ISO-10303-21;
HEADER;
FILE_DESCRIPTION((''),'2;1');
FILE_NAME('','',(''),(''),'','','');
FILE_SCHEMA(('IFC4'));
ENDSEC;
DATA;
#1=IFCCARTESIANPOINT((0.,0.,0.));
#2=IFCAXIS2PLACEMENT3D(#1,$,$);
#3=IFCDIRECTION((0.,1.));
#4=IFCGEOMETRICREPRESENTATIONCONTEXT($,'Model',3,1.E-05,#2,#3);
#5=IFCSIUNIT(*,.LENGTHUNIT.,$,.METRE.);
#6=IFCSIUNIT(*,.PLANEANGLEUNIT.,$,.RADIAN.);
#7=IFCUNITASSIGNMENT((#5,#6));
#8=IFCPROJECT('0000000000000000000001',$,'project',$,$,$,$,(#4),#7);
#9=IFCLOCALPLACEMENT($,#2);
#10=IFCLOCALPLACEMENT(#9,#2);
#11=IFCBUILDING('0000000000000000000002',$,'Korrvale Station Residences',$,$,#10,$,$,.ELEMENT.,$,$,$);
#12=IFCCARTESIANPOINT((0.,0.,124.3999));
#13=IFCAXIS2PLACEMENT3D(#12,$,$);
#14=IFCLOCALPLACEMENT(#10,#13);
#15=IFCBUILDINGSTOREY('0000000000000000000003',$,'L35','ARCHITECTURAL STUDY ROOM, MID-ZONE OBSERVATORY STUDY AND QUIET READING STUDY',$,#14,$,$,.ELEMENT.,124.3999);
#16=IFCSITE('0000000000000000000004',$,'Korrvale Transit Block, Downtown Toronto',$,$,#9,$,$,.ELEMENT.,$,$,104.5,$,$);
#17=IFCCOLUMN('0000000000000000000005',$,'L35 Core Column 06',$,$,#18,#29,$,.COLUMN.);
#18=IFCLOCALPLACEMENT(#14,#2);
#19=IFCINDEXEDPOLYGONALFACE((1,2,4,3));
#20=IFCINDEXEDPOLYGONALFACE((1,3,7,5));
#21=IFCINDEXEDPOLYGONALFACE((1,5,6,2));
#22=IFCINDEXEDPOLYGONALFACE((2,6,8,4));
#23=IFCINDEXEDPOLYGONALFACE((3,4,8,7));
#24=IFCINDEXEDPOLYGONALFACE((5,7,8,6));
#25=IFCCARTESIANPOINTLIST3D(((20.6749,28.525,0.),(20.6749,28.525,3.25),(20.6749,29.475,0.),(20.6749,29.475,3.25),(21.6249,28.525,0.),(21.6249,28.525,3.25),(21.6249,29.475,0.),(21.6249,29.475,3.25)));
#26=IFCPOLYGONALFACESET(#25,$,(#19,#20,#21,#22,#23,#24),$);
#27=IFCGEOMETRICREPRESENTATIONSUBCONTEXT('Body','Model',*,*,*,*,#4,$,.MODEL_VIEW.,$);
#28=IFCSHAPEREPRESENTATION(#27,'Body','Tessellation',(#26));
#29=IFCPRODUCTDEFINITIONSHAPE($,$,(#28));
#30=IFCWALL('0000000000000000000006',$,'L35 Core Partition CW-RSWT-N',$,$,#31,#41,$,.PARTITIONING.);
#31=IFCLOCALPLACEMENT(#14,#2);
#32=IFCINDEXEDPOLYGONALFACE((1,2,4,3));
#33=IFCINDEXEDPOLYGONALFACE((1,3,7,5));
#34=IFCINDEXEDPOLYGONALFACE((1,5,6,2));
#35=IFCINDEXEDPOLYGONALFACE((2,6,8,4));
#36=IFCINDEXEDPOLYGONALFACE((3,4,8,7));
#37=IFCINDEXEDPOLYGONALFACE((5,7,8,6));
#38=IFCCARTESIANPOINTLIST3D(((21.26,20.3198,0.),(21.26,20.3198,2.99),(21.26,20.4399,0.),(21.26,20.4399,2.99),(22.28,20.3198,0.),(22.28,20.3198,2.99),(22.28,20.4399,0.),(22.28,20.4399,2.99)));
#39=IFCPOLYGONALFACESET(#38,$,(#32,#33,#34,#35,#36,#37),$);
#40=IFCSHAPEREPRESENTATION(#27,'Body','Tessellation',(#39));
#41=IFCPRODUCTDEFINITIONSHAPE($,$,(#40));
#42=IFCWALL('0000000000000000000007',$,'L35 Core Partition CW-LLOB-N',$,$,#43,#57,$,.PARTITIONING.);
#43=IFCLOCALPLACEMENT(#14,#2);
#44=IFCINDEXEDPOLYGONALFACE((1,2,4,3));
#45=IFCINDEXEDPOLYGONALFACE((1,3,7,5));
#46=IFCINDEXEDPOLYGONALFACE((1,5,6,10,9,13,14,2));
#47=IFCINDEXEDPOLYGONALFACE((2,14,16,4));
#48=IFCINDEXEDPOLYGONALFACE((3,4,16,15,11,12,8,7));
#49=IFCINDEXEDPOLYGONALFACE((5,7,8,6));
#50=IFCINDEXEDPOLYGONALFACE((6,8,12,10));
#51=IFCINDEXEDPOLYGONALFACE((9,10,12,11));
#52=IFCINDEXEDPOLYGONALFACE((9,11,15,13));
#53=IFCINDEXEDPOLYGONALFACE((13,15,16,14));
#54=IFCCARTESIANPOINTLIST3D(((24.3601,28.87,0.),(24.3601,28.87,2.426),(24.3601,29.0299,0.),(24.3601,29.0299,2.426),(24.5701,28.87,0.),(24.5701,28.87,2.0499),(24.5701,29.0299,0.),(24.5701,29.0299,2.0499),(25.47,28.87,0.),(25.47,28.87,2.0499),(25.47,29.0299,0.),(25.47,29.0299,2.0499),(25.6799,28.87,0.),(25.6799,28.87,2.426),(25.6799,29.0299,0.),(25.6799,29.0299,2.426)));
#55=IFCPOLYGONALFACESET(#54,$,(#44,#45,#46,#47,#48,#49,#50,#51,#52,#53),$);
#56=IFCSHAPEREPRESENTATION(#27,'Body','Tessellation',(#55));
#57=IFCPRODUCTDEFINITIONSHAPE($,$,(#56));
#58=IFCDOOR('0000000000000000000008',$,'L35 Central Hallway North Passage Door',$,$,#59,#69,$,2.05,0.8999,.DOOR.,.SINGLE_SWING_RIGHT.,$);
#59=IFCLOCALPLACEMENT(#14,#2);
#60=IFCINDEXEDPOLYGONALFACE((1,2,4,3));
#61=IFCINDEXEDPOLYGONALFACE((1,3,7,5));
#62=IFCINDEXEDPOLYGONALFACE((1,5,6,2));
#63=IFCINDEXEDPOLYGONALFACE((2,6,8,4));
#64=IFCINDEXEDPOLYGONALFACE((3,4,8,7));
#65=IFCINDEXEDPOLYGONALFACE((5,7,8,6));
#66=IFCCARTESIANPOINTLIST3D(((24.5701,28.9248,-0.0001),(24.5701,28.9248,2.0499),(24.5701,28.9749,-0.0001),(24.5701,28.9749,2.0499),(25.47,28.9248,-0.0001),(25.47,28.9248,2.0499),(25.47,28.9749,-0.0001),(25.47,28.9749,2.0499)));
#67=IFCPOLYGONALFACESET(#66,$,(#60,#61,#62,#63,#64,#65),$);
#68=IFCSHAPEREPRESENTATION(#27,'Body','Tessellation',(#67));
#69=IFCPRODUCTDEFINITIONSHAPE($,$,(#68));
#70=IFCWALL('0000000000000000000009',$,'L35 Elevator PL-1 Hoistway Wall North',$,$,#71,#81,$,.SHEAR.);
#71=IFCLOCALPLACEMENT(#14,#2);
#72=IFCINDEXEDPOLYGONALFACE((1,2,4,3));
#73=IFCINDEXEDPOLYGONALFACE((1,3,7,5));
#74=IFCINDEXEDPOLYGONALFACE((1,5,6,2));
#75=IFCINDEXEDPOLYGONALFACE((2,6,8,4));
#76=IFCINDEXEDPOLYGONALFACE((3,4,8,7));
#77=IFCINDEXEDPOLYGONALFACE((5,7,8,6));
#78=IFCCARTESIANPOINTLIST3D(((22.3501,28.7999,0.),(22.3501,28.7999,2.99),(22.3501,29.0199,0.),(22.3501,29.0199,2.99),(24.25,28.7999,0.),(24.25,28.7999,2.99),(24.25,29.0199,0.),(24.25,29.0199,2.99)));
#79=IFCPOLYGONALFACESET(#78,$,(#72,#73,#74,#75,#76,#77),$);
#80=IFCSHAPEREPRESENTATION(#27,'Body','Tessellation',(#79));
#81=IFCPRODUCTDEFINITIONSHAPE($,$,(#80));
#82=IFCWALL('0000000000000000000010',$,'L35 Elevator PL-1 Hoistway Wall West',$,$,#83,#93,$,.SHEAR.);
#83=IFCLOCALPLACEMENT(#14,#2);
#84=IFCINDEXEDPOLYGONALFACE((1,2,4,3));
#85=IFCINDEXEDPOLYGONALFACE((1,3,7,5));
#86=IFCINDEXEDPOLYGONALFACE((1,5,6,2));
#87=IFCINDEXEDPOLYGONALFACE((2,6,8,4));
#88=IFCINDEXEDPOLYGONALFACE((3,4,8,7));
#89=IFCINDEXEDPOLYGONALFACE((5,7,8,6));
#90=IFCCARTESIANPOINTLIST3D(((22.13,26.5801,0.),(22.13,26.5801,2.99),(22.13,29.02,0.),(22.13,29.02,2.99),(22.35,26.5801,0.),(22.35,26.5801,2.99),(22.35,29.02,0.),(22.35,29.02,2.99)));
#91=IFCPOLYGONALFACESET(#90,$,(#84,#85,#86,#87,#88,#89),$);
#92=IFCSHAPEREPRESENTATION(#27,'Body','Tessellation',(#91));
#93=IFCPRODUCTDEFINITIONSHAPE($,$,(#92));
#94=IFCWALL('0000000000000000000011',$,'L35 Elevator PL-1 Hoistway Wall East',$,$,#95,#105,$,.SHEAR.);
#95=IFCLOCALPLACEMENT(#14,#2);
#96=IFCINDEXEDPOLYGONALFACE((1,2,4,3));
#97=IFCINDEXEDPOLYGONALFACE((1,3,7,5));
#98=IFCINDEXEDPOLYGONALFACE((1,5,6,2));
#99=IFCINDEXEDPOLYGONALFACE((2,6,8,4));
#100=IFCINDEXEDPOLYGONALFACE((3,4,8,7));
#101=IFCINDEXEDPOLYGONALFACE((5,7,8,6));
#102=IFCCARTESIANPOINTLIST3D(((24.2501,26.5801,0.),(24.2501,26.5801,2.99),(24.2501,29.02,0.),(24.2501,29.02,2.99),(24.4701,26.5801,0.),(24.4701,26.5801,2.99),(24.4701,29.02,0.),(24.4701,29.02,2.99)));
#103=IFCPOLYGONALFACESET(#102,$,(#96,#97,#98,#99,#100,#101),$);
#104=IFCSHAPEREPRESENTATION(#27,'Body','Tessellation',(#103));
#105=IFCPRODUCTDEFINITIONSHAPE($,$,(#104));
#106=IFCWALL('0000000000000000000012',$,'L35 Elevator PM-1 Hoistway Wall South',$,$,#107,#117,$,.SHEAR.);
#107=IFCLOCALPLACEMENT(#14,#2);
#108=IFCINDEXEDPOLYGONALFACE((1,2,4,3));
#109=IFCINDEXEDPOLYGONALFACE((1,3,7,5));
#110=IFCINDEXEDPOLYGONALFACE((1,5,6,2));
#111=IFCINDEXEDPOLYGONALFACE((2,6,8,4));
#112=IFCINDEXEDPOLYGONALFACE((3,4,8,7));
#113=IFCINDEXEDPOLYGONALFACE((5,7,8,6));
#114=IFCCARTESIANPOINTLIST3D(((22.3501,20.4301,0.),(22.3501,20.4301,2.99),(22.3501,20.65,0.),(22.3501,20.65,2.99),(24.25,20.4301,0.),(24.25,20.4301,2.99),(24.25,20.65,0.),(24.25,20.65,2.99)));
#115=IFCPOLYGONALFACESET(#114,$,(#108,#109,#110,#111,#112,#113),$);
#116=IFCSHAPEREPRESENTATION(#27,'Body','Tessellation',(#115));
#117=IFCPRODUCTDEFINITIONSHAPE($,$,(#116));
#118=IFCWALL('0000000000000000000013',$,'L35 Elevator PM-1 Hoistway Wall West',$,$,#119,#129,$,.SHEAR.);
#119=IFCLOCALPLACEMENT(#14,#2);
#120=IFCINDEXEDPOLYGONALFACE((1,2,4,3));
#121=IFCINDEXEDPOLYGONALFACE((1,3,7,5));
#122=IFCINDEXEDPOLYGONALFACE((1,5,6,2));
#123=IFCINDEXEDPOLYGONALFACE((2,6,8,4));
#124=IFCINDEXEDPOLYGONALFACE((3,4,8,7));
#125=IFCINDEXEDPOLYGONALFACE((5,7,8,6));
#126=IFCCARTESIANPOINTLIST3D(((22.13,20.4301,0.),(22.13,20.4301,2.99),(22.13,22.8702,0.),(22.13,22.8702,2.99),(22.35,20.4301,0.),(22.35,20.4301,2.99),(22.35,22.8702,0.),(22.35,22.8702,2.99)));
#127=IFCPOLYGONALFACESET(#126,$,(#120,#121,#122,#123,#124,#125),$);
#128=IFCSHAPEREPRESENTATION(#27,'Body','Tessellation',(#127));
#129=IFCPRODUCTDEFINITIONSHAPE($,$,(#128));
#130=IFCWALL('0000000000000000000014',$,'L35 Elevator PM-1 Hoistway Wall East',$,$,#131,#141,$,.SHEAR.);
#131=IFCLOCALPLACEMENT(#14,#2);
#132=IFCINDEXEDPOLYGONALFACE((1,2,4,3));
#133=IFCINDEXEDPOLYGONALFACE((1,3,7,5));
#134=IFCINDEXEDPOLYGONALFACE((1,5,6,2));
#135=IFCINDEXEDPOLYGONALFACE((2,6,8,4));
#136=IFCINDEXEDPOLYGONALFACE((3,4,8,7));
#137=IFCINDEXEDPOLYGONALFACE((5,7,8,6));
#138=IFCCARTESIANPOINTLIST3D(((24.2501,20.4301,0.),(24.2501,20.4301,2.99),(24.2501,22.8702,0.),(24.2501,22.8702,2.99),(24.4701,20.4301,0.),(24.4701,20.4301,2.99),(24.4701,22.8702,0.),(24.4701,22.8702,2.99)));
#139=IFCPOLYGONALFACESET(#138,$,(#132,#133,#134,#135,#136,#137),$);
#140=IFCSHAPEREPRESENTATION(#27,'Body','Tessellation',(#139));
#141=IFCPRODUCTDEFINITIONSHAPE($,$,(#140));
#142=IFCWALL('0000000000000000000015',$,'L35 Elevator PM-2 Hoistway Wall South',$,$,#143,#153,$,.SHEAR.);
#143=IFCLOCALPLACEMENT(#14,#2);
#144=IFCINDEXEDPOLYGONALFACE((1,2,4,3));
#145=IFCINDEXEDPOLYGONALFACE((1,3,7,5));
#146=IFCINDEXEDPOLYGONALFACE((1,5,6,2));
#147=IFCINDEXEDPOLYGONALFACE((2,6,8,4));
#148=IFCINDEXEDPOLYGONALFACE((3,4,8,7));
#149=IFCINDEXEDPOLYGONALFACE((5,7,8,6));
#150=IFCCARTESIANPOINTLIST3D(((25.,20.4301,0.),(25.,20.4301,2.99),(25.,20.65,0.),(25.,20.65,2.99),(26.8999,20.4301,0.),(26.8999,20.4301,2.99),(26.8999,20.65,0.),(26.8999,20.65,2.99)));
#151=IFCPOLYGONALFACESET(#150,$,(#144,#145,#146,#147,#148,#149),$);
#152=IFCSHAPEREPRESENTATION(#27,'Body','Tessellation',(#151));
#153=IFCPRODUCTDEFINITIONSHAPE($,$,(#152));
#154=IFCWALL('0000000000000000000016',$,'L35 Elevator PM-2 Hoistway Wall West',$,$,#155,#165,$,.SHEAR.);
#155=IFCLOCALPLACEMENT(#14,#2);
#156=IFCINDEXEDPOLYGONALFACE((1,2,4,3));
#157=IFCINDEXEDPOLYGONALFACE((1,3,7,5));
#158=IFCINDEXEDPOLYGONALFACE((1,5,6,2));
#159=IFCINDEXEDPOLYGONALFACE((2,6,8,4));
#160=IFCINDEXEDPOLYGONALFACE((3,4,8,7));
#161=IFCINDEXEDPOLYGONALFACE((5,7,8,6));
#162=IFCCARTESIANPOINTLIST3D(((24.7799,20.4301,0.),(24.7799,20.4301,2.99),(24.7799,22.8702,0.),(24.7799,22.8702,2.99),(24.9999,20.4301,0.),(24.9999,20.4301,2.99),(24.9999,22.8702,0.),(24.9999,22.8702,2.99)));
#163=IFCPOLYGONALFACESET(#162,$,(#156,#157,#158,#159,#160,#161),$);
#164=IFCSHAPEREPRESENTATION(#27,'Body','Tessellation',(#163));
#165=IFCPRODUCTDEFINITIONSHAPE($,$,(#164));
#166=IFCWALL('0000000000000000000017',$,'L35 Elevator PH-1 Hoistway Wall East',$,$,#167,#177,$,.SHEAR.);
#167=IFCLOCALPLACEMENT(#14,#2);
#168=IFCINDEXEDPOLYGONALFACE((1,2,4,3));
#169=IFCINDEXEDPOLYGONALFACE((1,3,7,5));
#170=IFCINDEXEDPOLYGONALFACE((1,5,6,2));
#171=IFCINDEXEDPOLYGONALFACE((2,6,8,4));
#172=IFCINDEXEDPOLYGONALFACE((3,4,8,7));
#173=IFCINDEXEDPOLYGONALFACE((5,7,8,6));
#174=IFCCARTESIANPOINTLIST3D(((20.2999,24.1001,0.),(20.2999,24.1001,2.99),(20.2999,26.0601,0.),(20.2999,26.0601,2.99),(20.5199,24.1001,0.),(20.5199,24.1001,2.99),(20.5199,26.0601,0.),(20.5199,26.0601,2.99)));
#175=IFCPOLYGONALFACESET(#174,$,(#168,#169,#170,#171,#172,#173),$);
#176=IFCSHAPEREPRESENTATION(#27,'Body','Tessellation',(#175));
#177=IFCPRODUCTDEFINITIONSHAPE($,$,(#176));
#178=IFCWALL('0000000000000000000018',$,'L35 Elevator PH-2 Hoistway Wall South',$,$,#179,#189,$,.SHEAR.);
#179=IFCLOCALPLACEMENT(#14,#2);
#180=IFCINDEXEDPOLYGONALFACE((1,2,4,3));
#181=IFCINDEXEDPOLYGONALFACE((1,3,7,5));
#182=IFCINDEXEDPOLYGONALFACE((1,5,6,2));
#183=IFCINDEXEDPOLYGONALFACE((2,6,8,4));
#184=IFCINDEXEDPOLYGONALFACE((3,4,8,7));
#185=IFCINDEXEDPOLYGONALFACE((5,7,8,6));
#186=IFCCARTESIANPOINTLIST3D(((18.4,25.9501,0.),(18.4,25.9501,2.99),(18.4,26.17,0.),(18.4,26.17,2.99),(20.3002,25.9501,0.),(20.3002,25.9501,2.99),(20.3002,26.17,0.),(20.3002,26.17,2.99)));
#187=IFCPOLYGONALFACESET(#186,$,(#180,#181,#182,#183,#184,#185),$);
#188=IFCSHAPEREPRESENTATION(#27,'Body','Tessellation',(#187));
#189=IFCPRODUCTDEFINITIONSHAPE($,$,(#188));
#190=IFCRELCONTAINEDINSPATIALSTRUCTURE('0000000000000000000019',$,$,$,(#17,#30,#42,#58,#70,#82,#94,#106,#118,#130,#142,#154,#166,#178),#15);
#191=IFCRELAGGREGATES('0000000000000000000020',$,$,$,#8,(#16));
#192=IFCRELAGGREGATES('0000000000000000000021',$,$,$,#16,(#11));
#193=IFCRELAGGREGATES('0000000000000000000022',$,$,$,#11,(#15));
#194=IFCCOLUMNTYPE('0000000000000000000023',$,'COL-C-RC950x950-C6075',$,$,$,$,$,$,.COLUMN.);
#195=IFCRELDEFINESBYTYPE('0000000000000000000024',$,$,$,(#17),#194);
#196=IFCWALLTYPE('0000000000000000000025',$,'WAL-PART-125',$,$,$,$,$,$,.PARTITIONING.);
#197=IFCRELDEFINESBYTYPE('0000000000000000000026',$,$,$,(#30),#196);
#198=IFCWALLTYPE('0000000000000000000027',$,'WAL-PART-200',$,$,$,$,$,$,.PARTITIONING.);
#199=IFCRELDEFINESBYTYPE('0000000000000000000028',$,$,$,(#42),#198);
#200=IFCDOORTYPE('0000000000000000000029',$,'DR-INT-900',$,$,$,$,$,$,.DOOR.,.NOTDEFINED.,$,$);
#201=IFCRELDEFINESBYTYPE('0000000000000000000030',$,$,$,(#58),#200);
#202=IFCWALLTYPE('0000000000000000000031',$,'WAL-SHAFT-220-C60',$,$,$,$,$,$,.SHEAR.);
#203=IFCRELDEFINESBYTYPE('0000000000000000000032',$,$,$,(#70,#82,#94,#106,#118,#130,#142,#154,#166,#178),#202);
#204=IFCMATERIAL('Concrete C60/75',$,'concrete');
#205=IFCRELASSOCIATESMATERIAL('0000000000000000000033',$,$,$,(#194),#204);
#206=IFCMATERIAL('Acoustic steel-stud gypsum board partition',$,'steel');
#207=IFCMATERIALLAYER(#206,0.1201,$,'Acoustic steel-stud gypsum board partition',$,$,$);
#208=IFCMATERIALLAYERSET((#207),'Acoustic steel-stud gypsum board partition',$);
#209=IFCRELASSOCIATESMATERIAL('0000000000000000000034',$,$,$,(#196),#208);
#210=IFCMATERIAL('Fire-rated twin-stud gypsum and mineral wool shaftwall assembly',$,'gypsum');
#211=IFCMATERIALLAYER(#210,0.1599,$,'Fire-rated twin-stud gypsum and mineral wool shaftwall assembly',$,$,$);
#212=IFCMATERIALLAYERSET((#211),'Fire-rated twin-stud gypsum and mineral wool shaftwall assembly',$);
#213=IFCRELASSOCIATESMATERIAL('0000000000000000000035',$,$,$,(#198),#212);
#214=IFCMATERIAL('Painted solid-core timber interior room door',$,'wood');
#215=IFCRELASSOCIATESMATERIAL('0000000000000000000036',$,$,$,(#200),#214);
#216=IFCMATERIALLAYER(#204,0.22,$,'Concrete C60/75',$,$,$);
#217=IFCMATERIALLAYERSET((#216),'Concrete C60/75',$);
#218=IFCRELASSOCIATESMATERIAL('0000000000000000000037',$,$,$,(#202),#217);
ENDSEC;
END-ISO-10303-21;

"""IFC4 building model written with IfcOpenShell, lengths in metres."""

from ifc_helpers import new_model, si_unit, direction, frame, frame_2d, origin, origin_2d, place, context, subcontext, project, spatial, rectangle, extrude, material, layer, layer_set, material_profile, profile_set, type_object, element, fill, save


model = new_model("IFC4")

# Units and contexts
model_context = context("Model", 3, precision=1e-05, world=origin(), true_north=direction((0.0, 1.0)))
body_context = subcontext(model_context, "Body", "Model", "MODEL_VIEW")
ifc_project = project(units=[si_unit("LENGTHUNIT", "METRE"), si_unit("PLANEANGLEUNIT", "RADIAN")], contexts=[model_context])

# Site, building, storey
site_placement = place(None, origin())
site = spatial("IfcSite", under=ifc_project, at=site_placement, Name="Korrvale Transit Block, Downtown Toronto", CompositionType="ELEMENT", RefElevation=104.5)
building_placement = place(site_placement, origin())
building = spatial("IfcBuilding", under=site, at=building_placement, Name="Korrvale Station Residences", CompositionType="ELEMENT")
storey_placement = place(building_placement, frame((0.0, 0.0, 124.3999)))
storey = spatial("IfcBuildingStorey", under=building, at=storey_placement, Name="L35", Description="ARCHITECTURAL STUDY ROOM, MID-ZONE OBSERVATORY STUDY AND QUIET READING STUDY", CompositionType="ELEMENT", Elevation=124.3999)

# Column
ifc_material_1 = material(Name="Concrete C60/75", Category="concrete")
ifc_material_profile = material_profile(ifc_material_1, rectangle(XDim=0.95, YDim=0.95, at=origin_2d()), Name="RC950x950")
ifc_profile_set = profile_set([ifc_material_profile], Name="Concrete C60/75")
column_type = type_object("IfcColumnType", Name="COL-C-RC950x950-C6075", PredefinedType="COLUMN", material=ifc_profile_set)
column_placement = place(storey_placement, frame((21.1499, 29.0, 0.0), z_axis=(0.0, 0.0, 1.0), x_axis=(1.0, 0.0, 0.0)))
element("IfcColumn", 1, at=column_placement, inside=storey, type_object=column_type, Name="L35 Core Column 06", PredefinedType="COLUMN", context=body_context, shape_type="SweptSolid", body=[
    extrude(rectangle(XDim=0.95, YDim=0.95, at=origin_2d()), origin(), (0.0, 0.0, 1.0), 3.25),
])

# Wall
ifc_material_2 = material(Name="Acoustic steel-stud gypsum board partition", Category="steel")
ifc_layer_1 = layer(ifc_material_2, 0.1201, Name="Acoustic steel-stud gypsum board partition")
ifc_layer_set_1 = layer_set([ifc_layer_1], Name="Acoustic steel-stud gypsum board partition")
wall_type_1 = type_object("IfcWallType", Name="WAL-PART-125", PredefinedType="PARTITIONING", material=ifc_layer_set_1)
wall_1_placement = place(storey_placement, frame((22.28, 20.3799, 0.0), z_axis=(0.0, 0.0, 1.0), x_axis=(-1.0, 0.0, 0.0)))
element("IfcWall", 2, at=wall_1_placement, inside=storey, type_object=wall_type_1, Name="L35 Core Partition CW-RSWT-N", PredefinedType="PARTITIONING", context=body_context, shape_type="SweptSolid", body=[
    extrude(rectangle(XDim=1.02, YDim=0.1201, at=frame_2d((0.51, 0.0))), origin(), (0.0, 0.0, 1.0), 2.99),
])

# Wall, opening, door
ifc_material_3 = material(Name="Fire-rated twin-stud gypsum and mineral wool shaftwall assembly", Category="gypsum")
ifc_layer_2 = layer(ifc_material_3, 0.1599, Name="Fire-rated twin-stud gypsum and mineral wool shaftwall assembly")
ifc_layer_set_2 = layer_set([ifc_layer_2], Name="Fire-rated twin-stud gypsum and mineral wool shaftwall assembly")
wall_type_2 = type_object("IfcWallType", Name="WAL-PART-200", PredefinedType="PARTITIONING", material=ifc_layer_set_2)
wall_2_placement = place(storey_placement, frame((24.3601, 28.95, 0.0), z_axis=(0.0, 0.0, 1.0), x_axis=(1.0, 0.0, 0.0)))
wall_2 = element("IfcWall", 3, at=wall_2_placement, inside=storey, type_object=wall_type_2, Name="L35 Core Partition CW-LLOB-N", PredefinedType="PARTITIONING", context=body_context, shape_type="SweptSolid", body=[
    extrude(rectangle(XDim=1.3198, YDim=0.1599, at=frame_2d((0.6599, 0.0))), origin(), (0.0, 0.0, 1.0), 2.426),
])
opening_1_placement = place(wall_2_placement, frame((0.21, 0.0, 0.0)))
opening_1 = element("IfcOpeningElement", 4, at=opening_1_placement, cuts=wall_2, PredefinedType="OPENING", context=body_context, shape_type="SweptSolid", body=[
    extrude(rectangle(XDim=0.8999, YDim=2.05, at=frame_2d((0.45, 1.0249))), frame((0.0, 0.0898, 0.0), z_axis=(0.0, -1.0, 0.0), x_axis=(1.0, 0.0, 0.0)), (0.0, 0.0, 1.0), 0.1799),
])
ifc_material_4 = material(Name="Painted solid-core timber interior room door", Category="wood")
door_type_1 = type_object("IfcDoorType", Name="DR-INT-900", OperationType="NOTDEFINED", PredefinedType="DOOR", material=ifc_material_4)
door_1_placement = place(opening_1_placement, origin())
door_1 = element("IfcDoor", 5, at=door_1_placement, inside=storey, type_object=door_type_1, Name="L35 Central Hallway North Passage Door", OperationType="SINGLE_SWING_RIGHT", OverallHeight=2.05, OverallWidth=0.8999, PredefinedType="DOOR", context=body_context, shape_type="SweptSolid", body=[
    extrude(rectangle(XDim=0.8999, YDim=2.05, at=frame_2d((0.45, 1.0249))), frame((0.0, 0.0249, 0.0), z_axis=(0.0, -1.0, 0.0), x_axis=(1.0, 0.0, 0.0)), (0.0, 0.0, 1.0), 0.05),
])
fill(opening_1, door_1)
ifc_layer_3 = layer(ifc_material_1, 0.22, Name="Concrete C60/75")
ifc_layer_set_3 = layer_set([ifc_layer_3], Name="Concrete C60/75")
wall_type_3 = type_object("IfcWallType", Name="WAL-SHAFT-220-C60", PredefinedType="SHEAR", material=ifc_layer_set_3)

# Walls
wall_3_placement = place(storey_placement, frame((22.3501, 28.9099, 0.0), z_axis=(0.0, 0.0, 1.0), x_axis=(1.0, 0.0, 0.0)))
element("IfcWall", 6, at=wall_3_placement, inside=storey, type_object=wall_type_3, Name="L35 Elevator PL-1 Hoistway Wall North", PredefinedType="SHEAR", context=body_context, shape_type="SweptSolid", body=[
    extrude(rectangle(XDim=1.8999, YDim=0.22, at=frame_2d((0.95, 0.0))), origin(), (0.0, 0.0, 1.0), 2.99),
])
for number, where, z_axis, x_axis, name in (
    (7, (22.24, 26.5801, 0.0), (0.0, 0.0, 1.0), (0.0, 1.0, 0.0), "L35 Elevator PL-1 Hoistway Wall West"),
    (8, (24.3601, 26.5801, 0.0), (0.0, 0.0, 1.0), (0.0, 1.0, 0.0), "L35 Elevator PL-1 Hoistway Wall East"),
):
    element("IfcWall", number, at=place(storey_placement, frame(where, z_axis=z_axis, x_axis=x_axis)), inside=storey, type_object=wall_type_3, Name=name, PredefinedType="SHEAR", context=body_context, shape_type="SweptSolid", body=[
        extrude(rectangle(XDim=2.4399, YDim=0.22, at=frame_2d((1.22, 0.0))), origin(), (0.0, 0.0, 1.0), 2.99),
    ])
wall_4_placement = place(storey_placement, frame((22.3501, 20.54, 0.0), z_axis=(0.0, 0.0, 1.0), x_axis=(1.0, 0.0, 0.0)))
element("IfcWall", 9, at=wall_4_placement, inside=storey, type_object=wall_type_3, Name="L35 Elevator PM-1 Hoistway Wall South", PredefinedType="SHEAR", context=body_context, shape_type="SweptSolid", body=[
    extrude(rectangle(XDim=1.8999, YDim=0.22, at=frame_2d((0.95, 0.0))), origin(), (0.0, 0.0, 1.0), 2.99),
])

# Walls
for number, where, z_axis, x_axis, name in (
    (10, (22.24, 20.4299, 0.0), (0.0, 0.0, 1.0), (0.0, 1.0, 0.0), "L35 Elevator PM-1 Hoistway Wall West"),
    (11, (24.3601, 20.4299, 0.0), (0.0, 0.0, 1.0), (0.0, 1.0, 0.0), "L35 Elevator PM-1 Hoistway Wall East"),
):
    element("IfcWall", number, at=place(storey_placement, frame(where, z_axis=z_axis, x_axis=x_axis)), inside=storey, type_object=wall_type_3, Name=name, PredefinedType="SHEAR", context=body_context, shape_type="SweptSolid", body=[
        extrude(rectangle(XDim=2.4402, YDim=0.22, at=frame_2d((1.2202, 0.0))), origin(), (0.0, 0.0, 1.0), 2.99),
    ])
wall_5_placement = place(storey_placement, frame((25.0, 20.54, 0.0), z_axis=(0.0, 0.0, 1.0), x_axis=(1.0, 0.0, 0.0)))
element("IfcWall", 12, at=wall_5_placement, inside=storey, type_object=wall_type_3, Name="L35 Elevator PM-2 Hoistway Wall South", PredefinedType="SHEAR", context=body_context, shape_type="SweptSolid", body=[
    extrude(rectangle(XDim=1.8999, YDim=0.22, at=frame_2d((0.95, 0.0))), origin(), (0.0, 0.0, 1.0), 2.99),
])
wall_6_placement = place(storey_placement, frame((24.8899, 20.4299, 0.0), z_axis=(0.0, 0.0, 1.0), x_axis=(0.0, 1.0, 0.0)))
element("IfcWall", 13, at=wall_6_placement, inside=storey, type_object=wall_type_3, Name="L35 Elevator PM-2 Hoistway Wall West", PredefinedType="SHEAR", context=body_context, shape_type="SweptSolid", body=[
    extrude(rectangle(XDim=2.4402, YDim=0.22, at=frame_2d((1.2202, 0.0))), origin(), (0.0, 0.0, 1.0), 2.99),
])
wall_7_placement = place(storey_placement, frame((20.4099, 24.1001, 0.0), z_axis=(0.0, 0.0, 1.0), x_axis=(0.0, 1.0, 0.0)))
element("IfcWall", 14, at=wall_7_placement, inside=storey, type_object=wall_type_3, Name="L35 Elevator PH-1 Hoistway Wall East", PredefinedType="SHEAR", context=body_context, shape_type="SweptSolid", body=[
    extrude(rectangle(XDim=1.96, YDim=0.22, at=frame_2d((0.98, 0.0))), origin(), (0.0, 0.0, 1.0), 2.99),
])
for number, where, z_axis, x_axis, name in (
    (15, (18.3999, 26.0601, 0.0), (0.0, 0.0, 1.0), (1.0, 0.0, 0.0), "L35 Elevator PH-2 Hoistway Wall South"),
):
    element("IfcWall", number, at=place(storey_placement, frame(where, z_axis=z_axis, x_axis=x_axis)), inside=storey, type_object=wall_type_3, Name=name, PredefinedType="SHEAR", context=body_context, shape_type="SweptSolid", body=[
        extrude(rectangle(XDim=1.9001, YDim=0.22, at=frame_2d((0.9502, 0.0))), origin(), (0.0, 0.0, 1.0), 2.99),
    ])

save(model, "model.ifc")
